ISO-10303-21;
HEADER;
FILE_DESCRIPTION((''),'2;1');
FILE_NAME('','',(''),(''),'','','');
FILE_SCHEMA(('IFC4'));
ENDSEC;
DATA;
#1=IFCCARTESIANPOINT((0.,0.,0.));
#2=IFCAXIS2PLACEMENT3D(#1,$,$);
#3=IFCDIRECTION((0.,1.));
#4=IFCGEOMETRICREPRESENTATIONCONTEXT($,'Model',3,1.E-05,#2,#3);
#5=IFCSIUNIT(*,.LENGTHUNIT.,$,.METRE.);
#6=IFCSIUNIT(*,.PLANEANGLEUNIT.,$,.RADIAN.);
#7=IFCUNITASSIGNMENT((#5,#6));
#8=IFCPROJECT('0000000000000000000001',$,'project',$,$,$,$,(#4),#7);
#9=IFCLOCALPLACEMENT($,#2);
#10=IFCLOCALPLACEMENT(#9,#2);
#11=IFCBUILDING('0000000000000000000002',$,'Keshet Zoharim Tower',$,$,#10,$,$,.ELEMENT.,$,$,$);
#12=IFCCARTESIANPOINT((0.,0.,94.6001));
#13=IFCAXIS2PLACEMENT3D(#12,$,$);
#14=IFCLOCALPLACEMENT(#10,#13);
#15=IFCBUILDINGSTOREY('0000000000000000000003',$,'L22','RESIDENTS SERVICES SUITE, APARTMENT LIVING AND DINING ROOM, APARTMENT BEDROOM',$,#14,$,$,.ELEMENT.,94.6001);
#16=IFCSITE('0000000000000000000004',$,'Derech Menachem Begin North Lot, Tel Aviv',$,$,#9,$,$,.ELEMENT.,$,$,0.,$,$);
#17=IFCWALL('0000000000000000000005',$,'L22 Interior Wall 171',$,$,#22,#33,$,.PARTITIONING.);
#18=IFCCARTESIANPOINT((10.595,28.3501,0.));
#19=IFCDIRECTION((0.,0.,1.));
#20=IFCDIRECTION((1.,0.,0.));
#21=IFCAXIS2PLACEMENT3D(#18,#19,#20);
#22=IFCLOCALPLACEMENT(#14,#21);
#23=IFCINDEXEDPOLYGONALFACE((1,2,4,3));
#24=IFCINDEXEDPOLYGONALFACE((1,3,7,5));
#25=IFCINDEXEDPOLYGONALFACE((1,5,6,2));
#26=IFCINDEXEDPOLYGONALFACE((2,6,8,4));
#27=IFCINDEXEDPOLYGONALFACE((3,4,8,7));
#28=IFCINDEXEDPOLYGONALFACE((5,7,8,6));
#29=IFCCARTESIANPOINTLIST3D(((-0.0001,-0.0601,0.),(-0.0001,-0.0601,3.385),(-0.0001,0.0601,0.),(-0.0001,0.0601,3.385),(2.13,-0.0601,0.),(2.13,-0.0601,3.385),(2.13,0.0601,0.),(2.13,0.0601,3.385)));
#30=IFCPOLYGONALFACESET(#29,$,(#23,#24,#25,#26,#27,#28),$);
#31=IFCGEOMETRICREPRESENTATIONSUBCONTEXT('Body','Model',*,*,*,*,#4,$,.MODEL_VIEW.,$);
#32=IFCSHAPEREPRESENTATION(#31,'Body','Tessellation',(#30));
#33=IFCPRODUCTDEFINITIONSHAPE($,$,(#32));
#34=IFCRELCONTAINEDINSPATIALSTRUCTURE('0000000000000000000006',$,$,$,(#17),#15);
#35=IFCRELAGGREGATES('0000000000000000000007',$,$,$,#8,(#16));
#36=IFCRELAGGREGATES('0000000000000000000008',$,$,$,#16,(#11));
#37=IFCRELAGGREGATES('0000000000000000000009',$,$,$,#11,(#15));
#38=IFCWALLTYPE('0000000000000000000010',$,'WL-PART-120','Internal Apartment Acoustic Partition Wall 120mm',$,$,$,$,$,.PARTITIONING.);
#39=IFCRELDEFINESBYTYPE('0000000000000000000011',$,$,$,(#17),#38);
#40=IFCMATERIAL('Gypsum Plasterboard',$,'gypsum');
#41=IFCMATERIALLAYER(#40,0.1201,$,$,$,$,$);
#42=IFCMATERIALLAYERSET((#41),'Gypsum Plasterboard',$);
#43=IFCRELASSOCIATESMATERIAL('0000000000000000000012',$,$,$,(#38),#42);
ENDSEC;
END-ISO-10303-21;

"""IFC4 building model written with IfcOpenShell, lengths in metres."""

from ifc_helpers import new_model, si_unit, direction, frame, frame_2d, origin, place, context, subcontext, project, spatial, rectangle, extrude, material, layer, layer_set, type_object, element, save


model = new_model("IFC4")

# Units and contexts
model_context = context("Model", 3, precision=1e-05, world=origin(), true_north=direction((0.0, 1.0)))
body_context = subcontext(model_context, "Body", "Model", "MODEL_VIEW")
ifc_project = project(units=[si_unit("LENGTHUNIT", "METRE"), si_unit("PLANEANGLEUNIT", "RADIAN")], contexts=[model_context])

# Site, building, storey
site_placement = place(None, origin())
site = spatial("IfcSite", under=ifc_project, at=site_placement, Name="Derech Menachem Begin North Lot, Tel Aviv", CompositionType="ELEMENT", RefElevation=0.0)
building_placement = place(site_placement, origin())
building = spatial("IfcBuilding", under=site, at=building_placement, Name="Keshet Zoharim Tower", CompositionType="ELEMENT")
storey_placement = place(building_placement, frame((0.0, 0.0, 94.6001)))
storey = spatial("IfcBuildingStorey", under=building, at=storey_placement, Name="L22", Description="RESIDENTS SERVICES SUITE, APARTMENT LIVING AND DINING ROOM, APARTMENT BEDROOM", CompositionType="ELEMENT", Elevation=94.6001)

# Shared definitions
ifc_material_1 = material(Name="Gypsum Plasterboard", Category="gypsum")

# Wall
ifc_layer_1 = layer(ifc_material_1, 0.1201)
ifc_layer_set_1 = layer_set([ifc_layer_1], Name="Gypsum Plasterboard")
wall_type_1 = type_object("IfcWallType", Name="WL-PART-120", Description="Internal Apartment Acoustic Partition Wall 120mm", PredefinedType="PARTITIONING", material=ifc_layer_set_1)
wall_1_placement = place(storey_placement, frame((10.595, 28.3501, 0.0), z_axis=(0.0, 0.0, 1.0), x_axis=(1.0, 0.0, 0.0)))
element("IfcWall", 1, at=wall_1_placement, inside=storey, type_object=wall_type_1, Name="L22 Interior Wall 171", PredefinedType="PARTITIONING", context=body_context, shape_type="SweptSolid", body=[
    extrude(rectangle(XDim=2.1301, YDim=0.1201, at=frame_2d((1.0649, 0.0))), origin(), (0.0, 0.0, 1.0), 3.385),
])

save(model, "model.ifc")
